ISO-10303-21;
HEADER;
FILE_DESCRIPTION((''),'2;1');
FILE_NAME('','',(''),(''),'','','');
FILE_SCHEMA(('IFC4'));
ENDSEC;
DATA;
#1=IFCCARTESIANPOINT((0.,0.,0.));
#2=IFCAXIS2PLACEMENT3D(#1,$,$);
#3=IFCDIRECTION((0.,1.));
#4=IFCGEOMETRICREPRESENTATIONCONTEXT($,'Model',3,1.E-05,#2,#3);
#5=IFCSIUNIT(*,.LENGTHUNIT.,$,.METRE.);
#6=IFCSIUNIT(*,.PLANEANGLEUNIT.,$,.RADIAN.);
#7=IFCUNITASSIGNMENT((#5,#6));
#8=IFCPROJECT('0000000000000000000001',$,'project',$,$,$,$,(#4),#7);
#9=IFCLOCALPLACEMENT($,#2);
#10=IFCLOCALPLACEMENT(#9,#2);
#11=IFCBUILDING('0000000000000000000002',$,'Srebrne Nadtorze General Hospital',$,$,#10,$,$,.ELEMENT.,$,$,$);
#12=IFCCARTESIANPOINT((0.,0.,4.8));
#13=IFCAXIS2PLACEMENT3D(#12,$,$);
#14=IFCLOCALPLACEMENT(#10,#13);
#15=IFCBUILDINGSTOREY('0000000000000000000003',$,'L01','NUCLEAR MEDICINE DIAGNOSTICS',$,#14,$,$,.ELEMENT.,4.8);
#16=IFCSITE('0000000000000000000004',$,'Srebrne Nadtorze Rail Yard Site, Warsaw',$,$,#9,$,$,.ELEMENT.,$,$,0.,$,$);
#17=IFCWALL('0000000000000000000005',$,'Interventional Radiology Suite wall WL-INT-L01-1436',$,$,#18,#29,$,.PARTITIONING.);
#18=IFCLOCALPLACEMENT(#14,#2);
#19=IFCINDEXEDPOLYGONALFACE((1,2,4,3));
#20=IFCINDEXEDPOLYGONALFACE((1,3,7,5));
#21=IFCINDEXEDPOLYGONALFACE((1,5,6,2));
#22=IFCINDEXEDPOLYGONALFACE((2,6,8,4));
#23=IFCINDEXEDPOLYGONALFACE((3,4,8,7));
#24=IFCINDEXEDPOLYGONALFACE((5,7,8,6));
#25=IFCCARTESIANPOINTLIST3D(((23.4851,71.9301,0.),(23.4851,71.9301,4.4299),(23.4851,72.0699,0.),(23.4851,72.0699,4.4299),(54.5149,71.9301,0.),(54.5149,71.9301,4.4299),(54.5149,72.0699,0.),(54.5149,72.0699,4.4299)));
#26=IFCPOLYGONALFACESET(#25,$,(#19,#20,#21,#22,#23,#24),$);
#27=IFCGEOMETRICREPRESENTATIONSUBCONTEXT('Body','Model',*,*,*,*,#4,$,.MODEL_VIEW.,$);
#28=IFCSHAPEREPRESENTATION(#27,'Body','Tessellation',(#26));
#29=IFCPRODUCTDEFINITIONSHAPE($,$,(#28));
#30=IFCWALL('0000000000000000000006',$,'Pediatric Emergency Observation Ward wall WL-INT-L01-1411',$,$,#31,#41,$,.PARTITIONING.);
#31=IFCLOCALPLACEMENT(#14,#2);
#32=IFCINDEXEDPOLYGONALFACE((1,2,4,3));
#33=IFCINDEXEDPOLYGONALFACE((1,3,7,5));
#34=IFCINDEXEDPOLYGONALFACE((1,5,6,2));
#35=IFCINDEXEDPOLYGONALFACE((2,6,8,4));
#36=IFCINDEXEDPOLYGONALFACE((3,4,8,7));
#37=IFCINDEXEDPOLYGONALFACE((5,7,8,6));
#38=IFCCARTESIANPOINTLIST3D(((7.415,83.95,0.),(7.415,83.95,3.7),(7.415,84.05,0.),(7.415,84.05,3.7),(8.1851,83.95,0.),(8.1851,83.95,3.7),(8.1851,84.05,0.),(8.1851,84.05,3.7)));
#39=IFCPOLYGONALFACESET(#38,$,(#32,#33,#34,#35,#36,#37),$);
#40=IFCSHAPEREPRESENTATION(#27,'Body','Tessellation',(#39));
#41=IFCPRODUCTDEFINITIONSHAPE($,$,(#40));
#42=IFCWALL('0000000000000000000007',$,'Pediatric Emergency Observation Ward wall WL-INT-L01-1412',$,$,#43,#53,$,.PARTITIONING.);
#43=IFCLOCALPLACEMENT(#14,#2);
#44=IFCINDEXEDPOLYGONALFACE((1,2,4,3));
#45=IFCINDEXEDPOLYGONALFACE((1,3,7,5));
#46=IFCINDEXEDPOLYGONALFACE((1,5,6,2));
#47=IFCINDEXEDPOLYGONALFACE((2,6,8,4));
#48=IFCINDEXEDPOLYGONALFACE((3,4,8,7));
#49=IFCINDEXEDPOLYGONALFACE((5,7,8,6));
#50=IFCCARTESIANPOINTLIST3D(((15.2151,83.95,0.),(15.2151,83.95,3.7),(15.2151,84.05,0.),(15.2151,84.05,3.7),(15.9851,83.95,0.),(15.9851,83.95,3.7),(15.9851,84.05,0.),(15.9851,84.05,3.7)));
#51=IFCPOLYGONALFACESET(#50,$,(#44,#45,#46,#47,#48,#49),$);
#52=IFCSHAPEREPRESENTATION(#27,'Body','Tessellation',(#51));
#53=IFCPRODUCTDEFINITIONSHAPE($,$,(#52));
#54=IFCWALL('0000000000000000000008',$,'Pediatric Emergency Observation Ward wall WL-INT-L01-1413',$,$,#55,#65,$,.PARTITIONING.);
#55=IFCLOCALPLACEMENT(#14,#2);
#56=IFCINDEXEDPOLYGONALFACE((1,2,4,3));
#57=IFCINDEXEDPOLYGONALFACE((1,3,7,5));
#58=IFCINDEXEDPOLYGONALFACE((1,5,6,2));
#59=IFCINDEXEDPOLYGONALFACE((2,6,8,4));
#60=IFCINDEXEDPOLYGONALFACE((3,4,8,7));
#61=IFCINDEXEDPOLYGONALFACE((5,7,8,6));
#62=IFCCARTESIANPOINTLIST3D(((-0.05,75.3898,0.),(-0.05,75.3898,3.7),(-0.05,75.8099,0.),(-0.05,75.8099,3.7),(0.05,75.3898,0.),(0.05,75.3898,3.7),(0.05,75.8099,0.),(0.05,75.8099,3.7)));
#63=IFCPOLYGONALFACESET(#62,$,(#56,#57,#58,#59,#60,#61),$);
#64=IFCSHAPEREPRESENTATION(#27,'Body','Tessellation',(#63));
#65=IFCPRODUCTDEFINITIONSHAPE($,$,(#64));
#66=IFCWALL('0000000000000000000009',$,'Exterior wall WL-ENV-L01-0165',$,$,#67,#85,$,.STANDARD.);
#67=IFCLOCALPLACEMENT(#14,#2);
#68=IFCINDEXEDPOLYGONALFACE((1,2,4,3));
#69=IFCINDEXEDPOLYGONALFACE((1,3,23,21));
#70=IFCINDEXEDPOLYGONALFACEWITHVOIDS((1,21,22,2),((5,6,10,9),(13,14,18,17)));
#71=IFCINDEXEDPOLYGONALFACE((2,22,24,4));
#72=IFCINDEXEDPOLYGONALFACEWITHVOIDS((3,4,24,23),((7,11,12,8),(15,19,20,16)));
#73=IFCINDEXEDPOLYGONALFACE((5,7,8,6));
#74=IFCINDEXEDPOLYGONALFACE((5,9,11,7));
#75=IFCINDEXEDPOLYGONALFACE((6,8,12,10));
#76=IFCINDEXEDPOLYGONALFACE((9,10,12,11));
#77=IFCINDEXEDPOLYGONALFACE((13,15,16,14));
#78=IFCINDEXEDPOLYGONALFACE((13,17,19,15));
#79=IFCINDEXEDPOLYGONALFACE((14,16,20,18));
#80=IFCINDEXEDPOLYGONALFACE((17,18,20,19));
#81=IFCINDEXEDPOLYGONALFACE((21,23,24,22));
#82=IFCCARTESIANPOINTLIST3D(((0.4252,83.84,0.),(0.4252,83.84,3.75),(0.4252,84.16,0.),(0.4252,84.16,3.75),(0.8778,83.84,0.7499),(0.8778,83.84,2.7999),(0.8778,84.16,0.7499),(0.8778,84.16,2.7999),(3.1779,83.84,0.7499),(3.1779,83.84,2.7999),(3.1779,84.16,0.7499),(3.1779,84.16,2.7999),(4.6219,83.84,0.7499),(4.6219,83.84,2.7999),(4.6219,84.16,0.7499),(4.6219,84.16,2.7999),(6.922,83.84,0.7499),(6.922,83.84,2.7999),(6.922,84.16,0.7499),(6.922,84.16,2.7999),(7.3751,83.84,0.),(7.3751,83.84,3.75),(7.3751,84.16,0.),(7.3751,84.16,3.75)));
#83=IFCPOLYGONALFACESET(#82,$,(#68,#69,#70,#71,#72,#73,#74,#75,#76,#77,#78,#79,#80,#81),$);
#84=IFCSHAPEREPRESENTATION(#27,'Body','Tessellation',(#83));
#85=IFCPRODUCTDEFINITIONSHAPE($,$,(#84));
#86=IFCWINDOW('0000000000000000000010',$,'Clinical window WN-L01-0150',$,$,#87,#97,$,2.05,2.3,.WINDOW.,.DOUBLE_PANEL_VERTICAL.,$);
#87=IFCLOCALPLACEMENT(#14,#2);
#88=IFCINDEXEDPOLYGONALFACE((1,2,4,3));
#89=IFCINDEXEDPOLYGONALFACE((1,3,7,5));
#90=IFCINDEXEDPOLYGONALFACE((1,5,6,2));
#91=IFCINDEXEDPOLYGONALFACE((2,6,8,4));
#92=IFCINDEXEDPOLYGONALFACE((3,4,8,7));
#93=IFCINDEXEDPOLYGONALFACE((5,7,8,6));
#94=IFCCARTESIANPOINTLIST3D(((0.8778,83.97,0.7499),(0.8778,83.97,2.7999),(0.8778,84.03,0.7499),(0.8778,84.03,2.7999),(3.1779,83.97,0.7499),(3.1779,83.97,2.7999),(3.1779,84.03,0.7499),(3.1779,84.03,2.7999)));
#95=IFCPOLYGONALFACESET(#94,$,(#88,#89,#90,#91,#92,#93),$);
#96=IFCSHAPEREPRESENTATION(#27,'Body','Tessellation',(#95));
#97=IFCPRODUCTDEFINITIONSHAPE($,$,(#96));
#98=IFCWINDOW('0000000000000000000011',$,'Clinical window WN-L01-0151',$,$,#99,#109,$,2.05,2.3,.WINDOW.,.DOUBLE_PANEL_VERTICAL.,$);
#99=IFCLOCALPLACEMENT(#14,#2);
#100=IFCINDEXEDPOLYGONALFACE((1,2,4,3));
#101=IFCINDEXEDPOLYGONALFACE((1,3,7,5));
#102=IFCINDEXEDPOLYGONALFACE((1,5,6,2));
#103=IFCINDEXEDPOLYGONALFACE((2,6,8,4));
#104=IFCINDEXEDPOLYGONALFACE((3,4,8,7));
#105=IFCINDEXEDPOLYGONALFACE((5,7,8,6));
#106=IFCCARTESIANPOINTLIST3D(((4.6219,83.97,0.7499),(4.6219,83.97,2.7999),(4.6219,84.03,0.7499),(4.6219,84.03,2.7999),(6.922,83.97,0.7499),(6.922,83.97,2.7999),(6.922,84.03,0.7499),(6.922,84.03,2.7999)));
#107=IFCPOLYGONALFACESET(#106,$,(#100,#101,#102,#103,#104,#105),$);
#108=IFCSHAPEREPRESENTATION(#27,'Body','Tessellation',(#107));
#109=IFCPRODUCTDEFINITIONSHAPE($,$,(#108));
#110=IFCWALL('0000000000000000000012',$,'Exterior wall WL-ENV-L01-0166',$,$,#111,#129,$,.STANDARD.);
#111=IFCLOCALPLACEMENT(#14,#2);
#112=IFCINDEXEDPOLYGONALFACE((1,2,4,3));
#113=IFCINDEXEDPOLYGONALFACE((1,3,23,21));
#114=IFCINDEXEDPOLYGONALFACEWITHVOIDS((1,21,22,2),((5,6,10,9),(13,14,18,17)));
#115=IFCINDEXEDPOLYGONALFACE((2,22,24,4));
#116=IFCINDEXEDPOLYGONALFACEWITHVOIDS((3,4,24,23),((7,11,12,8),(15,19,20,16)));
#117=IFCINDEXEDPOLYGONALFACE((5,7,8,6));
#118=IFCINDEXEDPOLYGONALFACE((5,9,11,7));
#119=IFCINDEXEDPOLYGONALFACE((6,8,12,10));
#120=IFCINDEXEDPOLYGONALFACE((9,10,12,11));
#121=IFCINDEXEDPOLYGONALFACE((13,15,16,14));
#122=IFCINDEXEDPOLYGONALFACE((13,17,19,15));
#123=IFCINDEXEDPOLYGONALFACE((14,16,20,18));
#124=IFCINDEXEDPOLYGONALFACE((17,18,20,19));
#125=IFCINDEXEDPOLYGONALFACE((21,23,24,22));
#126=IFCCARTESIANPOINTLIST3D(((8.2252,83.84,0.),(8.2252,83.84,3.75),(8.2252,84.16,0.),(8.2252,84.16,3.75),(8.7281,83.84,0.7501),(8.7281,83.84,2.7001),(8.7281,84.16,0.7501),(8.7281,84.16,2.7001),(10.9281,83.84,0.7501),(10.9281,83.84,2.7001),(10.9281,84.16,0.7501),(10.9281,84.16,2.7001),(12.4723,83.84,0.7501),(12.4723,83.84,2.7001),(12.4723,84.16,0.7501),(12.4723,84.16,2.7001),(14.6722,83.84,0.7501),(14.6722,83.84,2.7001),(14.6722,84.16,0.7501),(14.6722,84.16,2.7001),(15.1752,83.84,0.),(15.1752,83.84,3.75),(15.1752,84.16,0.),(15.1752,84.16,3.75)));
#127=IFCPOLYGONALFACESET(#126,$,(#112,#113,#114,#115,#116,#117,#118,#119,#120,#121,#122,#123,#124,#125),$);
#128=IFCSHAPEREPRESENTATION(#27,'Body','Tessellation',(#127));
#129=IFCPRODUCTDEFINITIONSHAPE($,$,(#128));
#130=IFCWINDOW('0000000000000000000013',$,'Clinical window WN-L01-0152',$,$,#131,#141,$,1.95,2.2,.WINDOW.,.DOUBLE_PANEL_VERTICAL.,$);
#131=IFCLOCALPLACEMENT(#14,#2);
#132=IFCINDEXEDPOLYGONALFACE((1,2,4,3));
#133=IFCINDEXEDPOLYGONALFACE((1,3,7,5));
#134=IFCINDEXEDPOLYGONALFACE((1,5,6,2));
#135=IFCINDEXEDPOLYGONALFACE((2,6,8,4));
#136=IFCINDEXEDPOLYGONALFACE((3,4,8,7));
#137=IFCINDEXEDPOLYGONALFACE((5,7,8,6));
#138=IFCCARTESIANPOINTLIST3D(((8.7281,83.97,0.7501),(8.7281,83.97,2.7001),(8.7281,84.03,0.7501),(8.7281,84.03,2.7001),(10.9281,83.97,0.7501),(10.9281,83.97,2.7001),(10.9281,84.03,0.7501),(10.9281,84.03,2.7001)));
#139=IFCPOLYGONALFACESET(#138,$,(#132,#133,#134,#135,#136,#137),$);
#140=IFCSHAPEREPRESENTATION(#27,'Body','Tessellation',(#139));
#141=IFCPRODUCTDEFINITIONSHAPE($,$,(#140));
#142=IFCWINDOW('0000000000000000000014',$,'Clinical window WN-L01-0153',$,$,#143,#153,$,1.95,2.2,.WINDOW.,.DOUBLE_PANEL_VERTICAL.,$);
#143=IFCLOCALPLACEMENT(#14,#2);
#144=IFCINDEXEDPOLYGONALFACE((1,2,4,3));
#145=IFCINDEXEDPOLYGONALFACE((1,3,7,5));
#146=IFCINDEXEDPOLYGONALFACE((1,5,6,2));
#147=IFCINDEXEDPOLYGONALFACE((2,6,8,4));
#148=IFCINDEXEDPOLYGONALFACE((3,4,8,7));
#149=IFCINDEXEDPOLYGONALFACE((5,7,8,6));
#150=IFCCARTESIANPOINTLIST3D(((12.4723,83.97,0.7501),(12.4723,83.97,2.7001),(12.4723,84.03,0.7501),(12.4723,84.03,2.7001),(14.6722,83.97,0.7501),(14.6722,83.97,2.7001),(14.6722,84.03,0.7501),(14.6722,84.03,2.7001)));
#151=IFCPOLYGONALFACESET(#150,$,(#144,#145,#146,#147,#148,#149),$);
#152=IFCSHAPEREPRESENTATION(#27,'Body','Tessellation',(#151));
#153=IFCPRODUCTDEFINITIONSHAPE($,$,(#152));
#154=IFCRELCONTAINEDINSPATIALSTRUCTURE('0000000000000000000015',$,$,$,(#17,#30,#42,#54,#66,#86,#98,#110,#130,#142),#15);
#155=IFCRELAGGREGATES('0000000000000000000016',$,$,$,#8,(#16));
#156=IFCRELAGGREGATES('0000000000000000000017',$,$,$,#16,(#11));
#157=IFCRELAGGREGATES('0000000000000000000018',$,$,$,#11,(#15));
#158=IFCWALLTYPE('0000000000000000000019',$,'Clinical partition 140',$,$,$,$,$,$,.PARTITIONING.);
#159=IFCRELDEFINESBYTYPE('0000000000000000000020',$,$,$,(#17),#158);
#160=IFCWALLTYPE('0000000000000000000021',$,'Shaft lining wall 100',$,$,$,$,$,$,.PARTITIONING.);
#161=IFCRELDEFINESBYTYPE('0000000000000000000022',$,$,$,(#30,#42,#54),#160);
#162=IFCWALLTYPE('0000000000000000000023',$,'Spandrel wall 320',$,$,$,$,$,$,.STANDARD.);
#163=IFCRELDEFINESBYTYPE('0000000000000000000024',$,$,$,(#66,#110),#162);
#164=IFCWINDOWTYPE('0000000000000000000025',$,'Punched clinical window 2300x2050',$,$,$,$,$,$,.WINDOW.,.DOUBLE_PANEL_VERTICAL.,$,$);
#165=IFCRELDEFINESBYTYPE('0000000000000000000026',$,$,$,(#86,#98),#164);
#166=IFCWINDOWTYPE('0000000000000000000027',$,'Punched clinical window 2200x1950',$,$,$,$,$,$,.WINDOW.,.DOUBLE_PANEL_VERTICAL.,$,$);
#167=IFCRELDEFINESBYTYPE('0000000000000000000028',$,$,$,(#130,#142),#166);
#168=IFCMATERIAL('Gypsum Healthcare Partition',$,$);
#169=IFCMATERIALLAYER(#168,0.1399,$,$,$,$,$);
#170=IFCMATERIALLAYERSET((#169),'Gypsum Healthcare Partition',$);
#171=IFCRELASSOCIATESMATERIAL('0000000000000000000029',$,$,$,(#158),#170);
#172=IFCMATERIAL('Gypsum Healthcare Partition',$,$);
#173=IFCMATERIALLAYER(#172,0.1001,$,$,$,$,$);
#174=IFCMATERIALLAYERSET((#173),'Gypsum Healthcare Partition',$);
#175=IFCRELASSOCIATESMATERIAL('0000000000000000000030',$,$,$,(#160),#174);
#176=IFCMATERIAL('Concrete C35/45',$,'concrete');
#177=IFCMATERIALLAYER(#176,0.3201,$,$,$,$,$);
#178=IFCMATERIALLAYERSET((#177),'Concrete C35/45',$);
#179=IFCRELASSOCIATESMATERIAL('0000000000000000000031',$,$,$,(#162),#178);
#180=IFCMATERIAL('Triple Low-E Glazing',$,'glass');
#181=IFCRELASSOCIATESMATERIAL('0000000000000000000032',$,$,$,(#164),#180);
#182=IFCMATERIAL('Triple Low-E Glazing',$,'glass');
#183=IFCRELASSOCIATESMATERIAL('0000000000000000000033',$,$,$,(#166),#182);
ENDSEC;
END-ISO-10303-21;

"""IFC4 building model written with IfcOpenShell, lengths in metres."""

from ifc_helpers import new_model, si_unit, direction, frame, frame_2d, origin, place, context, subcontext, project, spatial, rectangle, extrude, material, layer, layer_set, type_object, element, fill, save


model = new_model("IFC4")

# Units and contexts
model_context = context("Model", 3, precision=1e-05, world=origin(), true_north=direction((0.0, 1.0)))
body_context = subcontext(model_context, "Body", "Model", "MODEL_VIEW")
ifc_project = project(units=[si_unit("LENGTHUNIT", "METRE"), si_unit("PLANEANGLEUNIT", "RADIAN")], contexts=[model_context])

# Site, building, storey
site_placement = place(None, origin())
site = spatial("IfcSite", under=ifc_project, at=site_placement, Name="Srebrne Nadtorze Rail Yard Site, Warsaw", CompositionType="ELEMENT", RefElevation=0.0)
building_placement = place(site_placement, origin())
building = spatial("IfcBuilding", under=site, at=building_placement, Name="Srebrne Nadtorze General Hospital", CompositionType="ELEMENT")
storey_placement = place(building_placement, frame((0.0, 0.0, 4.8)))
storey = spatial("IfcBuildingStorey", under=building, at=storey_placement, Name="L01", Description="NUCLEAR MEDICINE DIAGNOSTICS", CompositionType="ELEMENT", Elevation=4.8)

# Walls
ifc_material_1 = material(Name="Gypsum Healthcare Partition")
ifc_layer_1 = layer(ifc_material_1, 0.1399)
ifc_layer_set_1 = layer_set([ifc_layer_1], Name="Gypsum Healthcare Partition")
wall_type_1 = type_object("IfcWallType", Name="Clinical partition 140", PredefinedType="PARTITIONING", material=ifc_layer_set_1)
wall_1_placement = place(storey_placement, frame((23.4851, 72.0, 0.0), z_axis=(0.0, 0.0, 1.0), x_axis=(1.0, 0.0, 0.0)))
element("IfcWall", 1, at=wall_1_placement, inside=storey, type_object=wall_type_1, Name="Interventional Radiology Suite wall WL-INT-L01-1436", PredefinedType="PARTITIONING", context=body_context, shape_type="SweptSolid", body=[
    extrude(rectangle(XDim=31.0298, YDim=0.1399, at=frame_2d((15.5149, 0.0))), origin(), (0.0, 0.0, 1.0), 4.4299),
])
ifc_material_2 = material(Name="Gypsum Healthcare Partition")
ifc_layer_2 = layer(ifc_material_2, 0.1001)
ifc_layer_set_2 = layer_set([ifc_layer_2], Name="Gypsum Healthcare Partition")
wall_type_2 = type_object("IfcWallType", Name="Shaft lining wall 100", PredefinedType="PARTITIONING", material=ifc_layer_set_2)
for number, where, z_axis, x_axis, name in (
    (2, (7.415, 84.0, 0.0), (0.0, 0.0, 1.0), (1.0, 0.0, 0.0), "Pediatric Emergency Observation Ward wall WL-INT-L01-1411"),
    (3, (15.2151, 84.0, 0.0), (0.0, 0.0, 1.0), (1.0, 0.0, 0.0), "Pediatric Emergency Observation Ward wall WL-INT-L01-1412"),
):
    element("IfcWall", number, at=place(storey_placement, frame(where, z_axis=z_axis, x_axis=x_axis)), inside=storey, type_object=wall_type_2, Name=name, PredefinedType="PARTITIONING", context=body_context, shape_type="SweptSolid", body=[
        extrude(rectangle(XDim=0.77, YDim=0.1001, at=frame_2d((0.385, 0.0))), origin(), (0.0, 0.0, 1.0), 3.7),
    ])
wall_2_placement = place(storey_placement, frame((0.0, 75.3899, 0.0), z_axis=(0.0, 0.0, 1.0), x_axis=(0.0, 1.0, 0.0)))
element("IfcWall", 4, at=wall_2_placement, inside=storey, type_object=wall_type_2, Name="Pediatric Emergency Observation Ward wall WL-INT-L01-1413", PredefinedType="PARTITIONING", context=body_context, shape_type="SweptSolid", body=[
    extrude(rectangle(XDim=0.4202, YDim=0.1001, at=frame_2d((0.21, 0.0))), origin(), (0.0, 0.0, 1.0), 3.7),
])

# Walls, openings, windows
ifc_material_3 = material(Name="Concrete C35/45", Category="concrete")
ifc_layer_3 = layer(ifc_material_3, 0.3201)
ifc_layer_set_3 = layer_set([ifc_layer_3], Name="Concrete C35/45")
wall_type_3 = type_object("IfcWallType", Name="Spandrel wall 320", PredefinedType="STANDARD", material=ifc_layer_set_3)
wall_3_placement = place(storey_placement, frame((0.425, 84.0, 0.0), z_axis=(0.0, 0.0, 1.0), x_axis=(1.0, 0.0, 0.0)))
wall_3 = element("IfcWall", 5, at=wall_3_placement, inside=storey, type_object=wall_type_3, Name="Exterior wall WL-ENV-L01-0165", PredefinedType="STANDARD", context=body_context, shape_type="SweptSolid", body=[
    extrude(rectangle(XDim=6.95, YDim=0.3201, at=frame_2d((3.4751, 0.0))), origin(), (0.0, 0.0, 1.0), 3.75),
])
opening_1_placement = place(wall_3_placement, frame((0.4529, 0.0, 0.75)))
opening_1 = element("IfcOpeningElement", 6, at=opening_1_placement, cuts=wall_3, PredefinedType="OPENING", context=body_context, shape_type="SweptSolid", body=[
    extrude(rectangle(XDim=2.3, YDim=2.05, at=frame_2d((1.1499, 1.0249))), frame((0.0, 0.1719, 0.0), z_axis=(0.0, -1.0, 0.0), x_axis=(1.0, 0.0, 0.0)), (0.0, 0.0, 1.0), 0.344),
])
opening_2_placement = place(wall_3_placement, frame((4.197, 0.0, 0.75)))
opening_2 = element("IfcOpeningElement", 7, at=opening_2_placement, cuts=wall_3, PredefinedType="OPENING", context=body_context, shape_type="SweptSolid", body=[
    extrude(rectangle(XDim=2.3, YDim=2.05, at=frame_2d((1.1499, 1.0249))), frame((0.0, 0.1719, 0.0), z_axis=(0.0, -1.0, 0.0), x_axis=(1.0, 0.0, 0.0)), (0.0, 0.0, 1.0), 0.344),
])
ifc_material_4 = material(Name="Triple Low-E Glazing", Category="glass")
window_type_1 = type_object("IfcWindowType", Name="Punched clinical window 2300x2050", PartitioningType="DOUBLE_PANEL_VERTICAL", PredefinedType="WINDOW", material=ifc_material_4)
window_1_placement = place(opening_1_placement, origin())
window_1 = element("IfcWindow", 8, at=window_1_placement, inside=storey, type_object=window_type_1, Name="Clinical window WN-L01-0150", OverallHeight=2.05, OverallWidth=2.3, PartitioningType="DOUBLE_PANEL_VERTICAL", PredefinedType="WINDOW", context=body_context, shape_type="SweptSolid", body=[
    extrude(rectangle(XDim=2.3, YDim=2.05, at=frame_2d((1.1499, 1.0249))), frame((0.0, 0.03, 0.0), z_axis=(0.0, -1.0, 0.0), x_axis=(1.0, 0.0, 0.0)), (0.0, 0.0, 1.0), 0.0601),
])
fill(opening_1, window_1)
window_2_placement = place(opening_2_placement, origin())
window_2 = element("IfcWindow", 9, at=window_2_placement, inside=storey, type_object=window_type_1, Name="Clinical window WN-L01-0151", OverallHeight=2.05, OverallWidth=2.3, PartitioningType="DOUBLE_PANEL_VERTICAL", PredefinedType="WINDOW", context=body_context, shape_type="SweptSolid", body=[
    extrude(rectangle(XDim=2.3, YDim=2.05, at=frame_2d((1.1499, 1.0249))), frame((0.0, 0.03, 0.0), z_axis=(0.0, -1.0, 0.0), x_axis=(1.0, 0.0, 0.0)), (0.0, 0.0, 1.0), 0.0601),
])
fill(opening_2, window_2)
wall_4_placement = place(storey_placement, frame((8.2251, 84.0, 0.0), z_axis=(0.0, 0.0, 1.0), x_axis=(1.0, 0.0, 0.0)))
wall_4 = element("IfcWall", 10, at=wall_4_placement, inside=storey, type_object=wall_type_3, Name="Exterior wall WL-ENV-L01-0166", PredefinedType="STANDARD", context=body_context, shape_type="SweptSolid", body=[
    extrude(rectangle(XDim=6.95, YDim=0.3201, at=frame_2d((3.4751, 0.0))), origin(), (0.0, 0.0, 1.0), 3.75),
])
opening_3_placement = place(wall_4_placement, frame((0.5029, 0.0, 0.75)))
opening_3 = element("IfcOpeningElement", 11, at=opening_3_placement, cuts=wall_4, PredefinedType="OPENING", context=body_context, shape_type="SweptSolid", body=[
    extrude(rectangle(XDim=2.2, YDim=1.95, at=frame_2d((1.1001, 0.9751))), frame((0.0, 0.1719, 0.0), z_axis=(0.0, -1.0, 0.0), x_axis=(1.0, 0.0, 0.0)), (0.0, 0.0, 1.0), 0.344),
])
opening_4_placement = place(wall_4_placement, frame((4.2471, 0.0, 0.75)))
opening_4 = element("IfcOpeningElement", 12, at=opening_4_placement, cuts=wall_4, PredefinedType="OPENING", context=body_context, shape_type="SweptSolid", body=[
    extrude(rectangle(XDim=2.2, YDim=1.95, at=frame_2d((1.1001, 0.9751))), frame((0.0, 0.1719, 0.0), z_axis=(0.0, -1.0, 0.0), x_axis=(1.0, 0.0, 0.0)), (0.0, 0.0, 1.0), 0.344),
])
ifc_material_5 = material(Name="Triple Low-E Glazing", Category="glass")
window_type_2 = type_object("IfcWindowType", Name="Punched clinical window 2200x1950", PartitioningType="DOUBLE_PANEL_VERTICAL", PredefinedType="WINDOW", material=ifc_material_5)
window_3_placement = place(opening_3_placement, origin())
window_3 = element("IfcWindow", 13, at=window_3_placement, inside=storey, type_object=window_type_2, Name="Clinical window WN-L01-0152", OverallHeight=1.95, OverallWidth=2.2, PartitioningType="DOUBLE_PANEL_VERTICAL", PredefinedType="WINDOW", context=body_context, shape_type="SweptSolid", body=[
    extrude(rectangle(XDim=2.2, YDim=1.95, at=frame_2d((1.1001, 0.9751))), frame((0.0, 0.03, 0.0), z_axis=(0.0, -1.0, 0.0), x_axis=(1.0, 0.0, 0.0)), (0.0, 0.0, 1.0), 0.0601),
])
fill(opening_3, window_3)
window_4_placement = place(opening_4_placement, origin())
window_4 = element("IfcWindow", 14, at=window_4_placement, inside=storey, type_object=window_type_2, Name="Clinical window WN-L01-0153", OverallHeight=1.95, OverallWidth=2.2, PartitioningType="DOUBLE_PANEL_VERTICAL", PredefinedType="WINDOW", context=body_context, shape_type="SweptSolid", body=[
    extrude(rectangle(XDim=2.2, YDim=1.95, at=frame_2d((1.1001, 0.9751))), frame((0.0, 0.03, 0.0), z_axis=(0.0, -1.0, 0.0), x_axis=(1.0, 0.0, 0.0)), (0.0, 0.0, 1.0), 0.0601),
])
fill(opening_4, window_4)

save(model, "model.ifc")
